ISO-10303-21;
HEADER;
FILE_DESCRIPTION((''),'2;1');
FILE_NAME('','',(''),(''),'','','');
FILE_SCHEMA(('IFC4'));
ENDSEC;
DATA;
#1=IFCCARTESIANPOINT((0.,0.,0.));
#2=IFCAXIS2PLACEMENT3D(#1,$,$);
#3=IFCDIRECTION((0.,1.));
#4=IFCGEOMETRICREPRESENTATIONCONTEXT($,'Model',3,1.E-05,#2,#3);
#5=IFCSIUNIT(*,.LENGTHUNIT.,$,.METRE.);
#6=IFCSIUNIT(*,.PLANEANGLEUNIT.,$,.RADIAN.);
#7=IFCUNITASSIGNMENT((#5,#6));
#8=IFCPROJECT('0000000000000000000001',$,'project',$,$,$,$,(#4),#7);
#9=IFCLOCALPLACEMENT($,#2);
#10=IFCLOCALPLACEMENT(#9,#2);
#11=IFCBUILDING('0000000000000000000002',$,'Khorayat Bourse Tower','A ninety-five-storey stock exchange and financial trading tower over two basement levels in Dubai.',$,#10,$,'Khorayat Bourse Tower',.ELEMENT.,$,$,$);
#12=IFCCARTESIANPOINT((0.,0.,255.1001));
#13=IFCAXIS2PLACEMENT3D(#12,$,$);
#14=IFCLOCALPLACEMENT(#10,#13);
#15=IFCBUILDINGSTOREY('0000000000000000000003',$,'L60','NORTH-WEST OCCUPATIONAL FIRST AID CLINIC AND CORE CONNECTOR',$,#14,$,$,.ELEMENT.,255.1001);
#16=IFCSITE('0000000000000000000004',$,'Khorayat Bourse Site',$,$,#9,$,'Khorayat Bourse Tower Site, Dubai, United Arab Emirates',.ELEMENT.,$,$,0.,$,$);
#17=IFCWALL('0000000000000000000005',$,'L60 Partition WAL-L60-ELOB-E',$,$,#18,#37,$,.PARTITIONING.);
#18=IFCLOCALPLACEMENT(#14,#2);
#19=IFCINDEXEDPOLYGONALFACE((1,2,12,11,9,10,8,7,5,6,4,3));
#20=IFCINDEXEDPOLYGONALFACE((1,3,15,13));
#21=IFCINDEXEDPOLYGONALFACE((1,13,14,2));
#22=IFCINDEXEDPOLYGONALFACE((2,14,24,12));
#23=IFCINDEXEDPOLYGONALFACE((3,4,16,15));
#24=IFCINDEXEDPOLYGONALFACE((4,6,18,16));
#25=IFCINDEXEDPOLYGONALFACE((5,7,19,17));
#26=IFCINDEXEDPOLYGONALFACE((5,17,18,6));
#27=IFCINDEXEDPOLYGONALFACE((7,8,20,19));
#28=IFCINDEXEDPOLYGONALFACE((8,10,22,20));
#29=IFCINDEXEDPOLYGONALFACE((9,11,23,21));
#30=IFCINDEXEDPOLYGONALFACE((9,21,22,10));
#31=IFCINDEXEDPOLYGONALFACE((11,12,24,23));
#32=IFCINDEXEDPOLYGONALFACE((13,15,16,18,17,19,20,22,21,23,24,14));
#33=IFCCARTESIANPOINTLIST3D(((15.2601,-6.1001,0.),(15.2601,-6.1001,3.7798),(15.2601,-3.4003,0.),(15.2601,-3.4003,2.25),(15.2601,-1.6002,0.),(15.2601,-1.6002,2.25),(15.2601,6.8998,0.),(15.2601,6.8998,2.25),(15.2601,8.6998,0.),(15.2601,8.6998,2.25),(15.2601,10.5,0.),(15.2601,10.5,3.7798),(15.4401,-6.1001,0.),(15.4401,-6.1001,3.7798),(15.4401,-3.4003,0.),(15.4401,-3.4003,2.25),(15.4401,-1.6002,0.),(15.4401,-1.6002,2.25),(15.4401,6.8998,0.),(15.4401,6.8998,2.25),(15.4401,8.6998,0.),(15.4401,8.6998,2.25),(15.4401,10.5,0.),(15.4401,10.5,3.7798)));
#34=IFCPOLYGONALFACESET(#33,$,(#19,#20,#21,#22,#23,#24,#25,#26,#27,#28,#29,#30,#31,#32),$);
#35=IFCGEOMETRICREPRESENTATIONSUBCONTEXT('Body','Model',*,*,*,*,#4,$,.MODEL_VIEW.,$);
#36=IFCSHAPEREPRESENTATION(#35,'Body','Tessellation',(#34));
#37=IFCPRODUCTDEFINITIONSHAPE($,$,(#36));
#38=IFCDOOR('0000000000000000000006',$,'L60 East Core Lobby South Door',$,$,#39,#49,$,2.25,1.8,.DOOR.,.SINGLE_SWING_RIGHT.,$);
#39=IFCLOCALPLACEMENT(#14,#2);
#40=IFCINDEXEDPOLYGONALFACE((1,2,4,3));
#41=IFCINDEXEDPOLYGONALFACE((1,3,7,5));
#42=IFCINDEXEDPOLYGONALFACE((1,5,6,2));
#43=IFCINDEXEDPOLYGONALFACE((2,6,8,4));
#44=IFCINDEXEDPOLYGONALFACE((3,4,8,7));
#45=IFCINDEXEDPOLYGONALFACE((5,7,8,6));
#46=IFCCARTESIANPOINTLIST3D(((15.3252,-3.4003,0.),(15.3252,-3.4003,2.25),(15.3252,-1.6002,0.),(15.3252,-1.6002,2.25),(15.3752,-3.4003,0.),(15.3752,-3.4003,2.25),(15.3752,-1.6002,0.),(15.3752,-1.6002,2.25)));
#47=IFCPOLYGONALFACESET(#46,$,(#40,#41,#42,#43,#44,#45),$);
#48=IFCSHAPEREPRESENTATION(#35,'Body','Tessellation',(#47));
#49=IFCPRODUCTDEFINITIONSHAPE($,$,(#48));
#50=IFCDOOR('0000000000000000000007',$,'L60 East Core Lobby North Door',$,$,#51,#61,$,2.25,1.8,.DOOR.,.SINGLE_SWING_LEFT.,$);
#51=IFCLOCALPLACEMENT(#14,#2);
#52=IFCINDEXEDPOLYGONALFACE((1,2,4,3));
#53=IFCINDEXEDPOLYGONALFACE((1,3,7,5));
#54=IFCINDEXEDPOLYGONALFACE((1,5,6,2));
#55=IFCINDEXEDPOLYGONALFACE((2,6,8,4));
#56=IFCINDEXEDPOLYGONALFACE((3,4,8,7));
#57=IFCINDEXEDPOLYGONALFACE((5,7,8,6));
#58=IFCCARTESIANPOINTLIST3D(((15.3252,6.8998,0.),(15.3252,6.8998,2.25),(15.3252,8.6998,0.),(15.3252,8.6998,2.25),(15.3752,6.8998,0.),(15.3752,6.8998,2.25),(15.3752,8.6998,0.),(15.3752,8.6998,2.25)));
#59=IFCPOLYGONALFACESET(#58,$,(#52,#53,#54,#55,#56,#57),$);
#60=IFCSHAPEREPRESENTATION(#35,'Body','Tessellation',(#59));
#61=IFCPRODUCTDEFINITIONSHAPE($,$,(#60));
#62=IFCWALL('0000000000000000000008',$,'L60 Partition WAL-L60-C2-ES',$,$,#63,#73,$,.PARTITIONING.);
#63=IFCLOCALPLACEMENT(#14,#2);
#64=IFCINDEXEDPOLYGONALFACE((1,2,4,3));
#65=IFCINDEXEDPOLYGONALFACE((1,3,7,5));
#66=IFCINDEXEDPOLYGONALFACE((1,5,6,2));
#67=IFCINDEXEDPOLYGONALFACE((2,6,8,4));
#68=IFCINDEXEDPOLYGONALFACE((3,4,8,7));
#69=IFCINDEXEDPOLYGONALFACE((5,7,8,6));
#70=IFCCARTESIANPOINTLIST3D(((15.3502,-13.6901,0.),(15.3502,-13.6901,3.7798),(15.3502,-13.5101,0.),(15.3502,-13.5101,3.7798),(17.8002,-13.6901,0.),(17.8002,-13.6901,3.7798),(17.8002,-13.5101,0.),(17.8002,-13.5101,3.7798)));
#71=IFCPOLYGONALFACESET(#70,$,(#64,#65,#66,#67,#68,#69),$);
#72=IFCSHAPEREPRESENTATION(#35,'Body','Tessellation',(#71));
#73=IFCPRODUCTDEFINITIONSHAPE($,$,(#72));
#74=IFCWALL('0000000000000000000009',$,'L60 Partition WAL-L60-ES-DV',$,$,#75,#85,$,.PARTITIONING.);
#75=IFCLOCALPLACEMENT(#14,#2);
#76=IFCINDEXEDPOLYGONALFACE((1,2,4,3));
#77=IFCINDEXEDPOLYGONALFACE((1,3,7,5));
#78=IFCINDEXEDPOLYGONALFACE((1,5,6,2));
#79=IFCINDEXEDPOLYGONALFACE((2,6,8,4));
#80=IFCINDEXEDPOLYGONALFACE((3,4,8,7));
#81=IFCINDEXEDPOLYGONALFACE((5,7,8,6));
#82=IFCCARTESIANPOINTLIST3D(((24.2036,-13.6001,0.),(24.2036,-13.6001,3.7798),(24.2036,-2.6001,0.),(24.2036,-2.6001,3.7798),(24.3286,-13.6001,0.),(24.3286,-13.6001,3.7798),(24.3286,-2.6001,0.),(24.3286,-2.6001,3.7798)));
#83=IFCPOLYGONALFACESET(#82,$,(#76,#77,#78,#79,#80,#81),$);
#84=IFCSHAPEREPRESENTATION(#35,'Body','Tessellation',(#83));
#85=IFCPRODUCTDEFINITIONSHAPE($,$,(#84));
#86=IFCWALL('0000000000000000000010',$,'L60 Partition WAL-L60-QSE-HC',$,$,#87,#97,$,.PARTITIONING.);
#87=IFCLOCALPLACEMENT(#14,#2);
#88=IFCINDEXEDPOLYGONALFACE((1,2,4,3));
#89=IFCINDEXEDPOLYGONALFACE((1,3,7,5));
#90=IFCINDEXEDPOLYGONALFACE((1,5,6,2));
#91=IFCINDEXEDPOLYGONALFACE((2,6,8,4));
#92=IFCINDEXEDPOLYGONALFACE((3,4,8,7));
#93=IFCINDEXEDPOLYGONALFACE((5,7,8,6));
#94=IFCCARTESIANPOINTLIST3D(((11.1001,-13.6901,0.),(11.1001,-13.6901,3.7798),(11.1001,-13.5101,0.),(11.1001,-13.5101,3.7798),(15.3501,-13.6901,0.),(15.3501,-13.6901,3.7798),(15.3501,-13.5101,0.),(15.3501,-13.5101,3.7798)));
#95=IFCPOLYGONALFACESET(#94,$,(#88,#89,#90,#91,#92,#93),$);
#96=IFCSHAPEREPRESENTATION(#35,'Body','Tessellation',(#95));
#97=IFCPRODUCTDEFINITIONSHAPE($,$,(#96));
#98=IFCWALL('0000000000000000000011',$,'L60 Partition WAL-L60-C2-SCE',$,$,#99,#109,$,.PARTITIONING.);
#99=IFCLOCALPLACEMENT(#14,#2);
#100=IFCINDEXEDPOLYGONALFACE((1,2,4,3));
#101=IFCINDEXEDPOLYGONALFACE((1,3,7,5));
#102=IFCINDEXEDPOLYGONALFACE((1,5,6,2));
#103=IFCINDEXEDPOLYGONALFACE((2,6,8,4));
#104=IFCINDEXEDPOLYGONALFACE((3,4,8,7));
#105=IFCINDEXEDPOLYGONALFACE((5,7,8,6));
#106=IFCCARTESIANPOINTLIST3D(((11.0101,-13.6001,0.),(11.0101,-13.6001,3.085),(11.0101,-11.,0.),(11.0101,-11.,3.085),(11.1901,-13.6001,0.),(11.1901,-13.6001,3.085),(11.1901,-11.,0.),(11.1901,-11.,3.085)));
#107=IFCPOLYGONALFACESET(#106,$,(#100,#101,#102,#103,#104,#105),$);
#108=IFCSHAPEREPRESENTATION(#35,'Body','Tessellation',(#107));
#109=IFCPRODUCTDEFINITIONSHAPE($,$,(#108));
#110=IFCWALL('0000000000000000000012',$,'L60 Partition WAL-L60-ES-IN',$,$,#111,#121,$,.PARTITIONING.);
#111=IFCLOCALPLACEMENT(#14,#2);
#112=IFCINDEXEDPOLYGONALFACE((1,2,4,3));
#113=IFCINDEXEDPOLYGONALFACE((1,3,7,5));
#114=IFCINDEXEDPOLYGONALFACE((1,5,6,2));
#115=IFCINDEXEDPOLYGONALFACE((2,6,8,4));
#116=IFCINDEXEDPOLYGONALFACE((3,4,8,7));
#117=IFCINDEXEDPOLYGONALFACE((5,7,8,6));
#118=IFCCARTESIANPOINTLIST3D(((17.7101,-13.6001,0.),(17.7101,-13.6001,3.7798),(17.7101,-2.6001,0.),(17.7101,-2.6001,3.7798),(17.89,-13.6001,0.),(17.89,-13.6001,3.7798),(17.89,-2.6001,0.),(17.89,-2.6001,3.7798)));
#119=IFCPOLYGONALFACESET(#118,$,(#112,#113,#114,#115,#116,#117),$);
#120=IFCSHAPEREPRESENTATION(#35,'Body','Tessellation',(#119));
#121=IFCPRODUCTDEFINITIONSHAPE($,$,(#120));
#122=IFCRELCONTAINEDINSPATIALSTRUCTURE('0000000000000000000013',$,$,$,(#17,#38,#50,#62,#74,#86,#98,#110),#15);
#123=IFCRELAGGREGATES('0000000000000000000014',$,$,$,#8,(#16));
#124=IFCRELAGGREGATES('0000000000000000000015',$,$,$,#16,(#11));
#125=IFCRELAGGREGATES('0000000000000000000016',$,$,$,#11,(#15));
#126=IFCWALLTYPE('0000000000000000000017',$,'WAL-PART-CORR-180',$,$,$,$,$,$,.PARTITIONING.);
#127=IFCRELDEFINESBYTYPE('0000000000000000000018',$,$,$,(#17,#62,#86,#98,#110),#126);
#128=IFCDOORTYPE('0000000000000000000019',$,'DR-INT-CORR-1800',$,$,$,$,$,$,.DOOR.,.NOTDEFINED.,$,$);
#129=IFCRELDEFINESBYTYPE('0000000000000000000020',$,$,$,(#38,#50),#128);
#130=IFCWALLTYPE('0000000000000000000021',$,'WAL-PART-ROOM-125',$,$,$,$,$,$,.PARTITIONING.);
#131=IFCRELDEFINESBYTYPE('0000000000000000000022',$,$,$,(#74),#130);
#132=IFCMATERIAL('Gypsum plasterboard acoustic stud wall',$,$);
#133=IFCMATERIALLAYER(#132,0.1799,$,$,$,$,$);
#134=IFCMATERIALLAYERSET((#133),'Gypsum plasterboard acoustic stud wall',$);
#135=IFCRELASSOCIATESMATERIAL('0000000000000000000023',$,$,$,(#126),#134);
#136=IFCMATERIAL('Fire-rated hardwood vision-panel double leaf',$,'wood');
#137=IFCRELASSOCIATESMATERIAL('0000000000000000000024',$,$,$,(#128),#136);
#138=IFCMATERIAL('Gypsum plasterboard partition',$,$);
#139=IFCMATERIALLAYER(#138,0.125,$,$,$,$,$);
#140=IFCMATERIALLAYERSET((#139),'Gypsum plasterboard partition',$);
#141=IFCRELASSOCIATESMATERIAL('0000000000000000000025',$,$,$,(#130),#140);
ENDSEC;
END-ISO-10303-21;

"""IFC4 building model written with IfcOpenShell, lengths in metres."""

from ifc_helpers import new_model, si_unit, direction, frame, frame_2d, origin, place, context, subcontext, project, spatial, rectangle, extrude, source, transform, mapped, material, layer, layer_set, type_object, element, fill, save


model = new_model("IFC4")

# Units and contexts
model_context = context("Model", 3, precision=1e-05, world=origin(), true_north=direction((0.0, 1.0)))
body_context = subcontext(model_context, "Body", "Model", "MODEL_VIEW")
ifc_project = project(units=[si_unit("LENGTHUNIT", "METRE"), si_unit("PLANEANGLEUNIT", "RADIAN")], contexts=[model_context])

# Site, building, storey
site_placement = place(None, origin())
site = spatial("IfcSite", under=ifc_project, at=site_placement, Name="Khorayat Bourse Site", LongName="Khorayat Bourse Tower Site, Dubai, United Arab Emirates", CompositionType="ELEMENT", RefElevation=0.0)
building_placement = place(site_placement, origin())
building = spatial("IfcBuilding", under=site, at=building_placement, Name="Khorayat Bourse Tower", Description="A ninety-five-storey stock exchange and financial trading tower over two basement levels in Dubai.", LongName="Khorayat Bourse Tower", CompositionType="ELEMENT")
storey_placement = place(building_placement, frame((0.0, 0.0, 255.1001)))
storey = spatial("IfcBuildingStorey", under=building, at=storey_placement, Name="L60", Description="NORTH-WEST OCCUPATIONAL FIRST AID CLINIC AND CORE CONNECTOR", CompositionType="ELEMENT", Elevation=255.1001)

# Wall, openings, doors
ifc_material_1 = material(Name="Gypsum plasterboard acoustic stud wall")
ifc_layer_1 = layer(ifc_material_1, 0.1799)
ifc_layer_set_1 = layer_set([ifc_layer_1], Name="Gypsum plasterboard acoustic stud wall")
wall_type_1 = type_object("IfcWallType", Name="WAL-PART-CORR-180", PredefinedType="PARTITIONING", material=ifc_layer_set_1)
shared_shape_1 = source(origin(), body_context, "Body", "SweptSolid", [
    extrude(rectangle(XDim=16.6001, YDim=0.1799, at=frame_2d((8.3, 0.0))), origin(), (0.0, 0.0, 1.0), 3.7798),
])
wall_1_placement = place(storey_placement, frame((15.3501, -6.1001, 0.0), z_axis=(0.0, 0.0, 1.0), x_axis=(0.0, 1.0, 0.0)))
wall_1 = element("IfcWall", 1, at=wall_1_placement, inside=storey, type_object=wall_type_1, Name="L60 Partition WAL-L60-ELOB-E", PredefinedType="PARTITIONING", context=body_context, shape_type="MappedRepresentation", body=[
    mapped(shared_shape_1, transform((0.0, 0.0, 0.0), scale=1.0)),
])
shared_shape_2 = source(origin(), body_context, "Body", "SweptSolid", [
    extrude(rectangle(XDim=1.8, YDim=2.25, at=frame_2d((0.8999, 1.125))), frame((0.0, 0.0999, 0.0), z_axis=(0.0, -1.0, 0.0), x_axis=(1.0, 0.0, 0.0)), (0.0, 0.0, 1.0), 0.2),
])
opening_1_placement = place(wall_1_placement, frame((2.7, 0.0, 0.0)))
opening_1 = element("IfcOpeningElement", 2, at=opening_1_placement, cuts=wall_1, PredefinedType="OPENING", context=body_context, shape_type="MappedRepresentation", body=[
    mapped(shared_shape_2, transform((0.0, 0.0, 0.0), scale=1.0)),
])
opening_2_placement = place(wall_1_placement, frame((13.0, 0.0, 0.0)))
opening_2 = element("IfcOpeningElement", 3, at=opening_2_placement, cuts=wall_1, PredefinedType="OPENING", context=body_context, shape_type="MappedRepresentation", body=[
    mapped(shared_shape_2, transform((0.0, 0.0, 0.0), scale=1.0)),
])
ifc_material_2 = material(Name="Fire-rated hardwood vision-panel double leaf", Category="wood")
door_type_1 = type_object("IfcDoorType", Name="DR-INT-CORR-1800", OperationType="NOTDEFINED", PredefinedType="DOOR", material=ifc_material_2)
shared_shape_3 = source(origin(), body_context, "Body", "SweptSolid", [
    extrude(rectangle(XDim=1.8, YDim=2.25, at=frame_2d((0.8999, 1.125))), frame((0.0, 0.0249, 0.0), z_axis=(0.0, -1.0, 0.0), x_axis=(1.0, 0.0, 0.0)), (0.0, 0.0, 1.0), 0.05),
])
door_1_placement = place(opening_1_placement, origin())
door_1 = element("IfcDoor", 4, at=door_1_placement, inside=storey, type_object=door_type_1, Name="L60 East Core Lobby South Door", OperationType="SINGLE_SWING_RIGHT", OverallHeight=2.25, OverallWidth=1.8, PredefinedType="DOOR", context=body_context, shape_type="MappedRepresentation", body=[
    mapped(shared_shape_3, transform((0.0, 0.0, 0.0), scale=1.0)),
])
fill(opening_1, door_1)
door_2_placement = place(opening_2_placement, origin())
door_2 = element("IfcDoor", 5, at=door_2_placement, inside=storey, type_object=door_type_1, Name="L60 East Core Lobby North Door", OperationType="SINGLE_SWING_LEFT", OverallHeight=2.25, OverallWidth=1.8, PredefinedType="DOOR", context=body_context, shape_type="MappedRepresentation", body=[
    mapped(shared_shape_3, transform((0.0, 0.0, 0.0), scale=1.0)),
])
fill(opening_2, door_2)

# Walls
shared_shape_4 = source(origin(), body_context, "Body", "SweptSolid", [
    extrude(rectangle(XDim=2.45, YDim=0.1799, at=frame_2d((1.2251, 0.0))), origin(), (0.0, 0.0, 1.0), 3.7798),
])
wall_2_placement = place(storey_placement, frame((15.3501, -13.6001, 0.0), z_axis=(0.0, 0.0, 1.0), x_axis=(1.0, 0.0, 0.0)))
element("IfcWall", 6, at=wall_2_placement, inside=storey, type_object=wall_type_1, Name="L60 Partition WAL-L60-C2-ES", PredefinedType="PARTITIONING", context=body_context, shape_type="MappedRepresentation", body=[
    mapped(shared_shape_4, transform((0.0, 0.0, 0.0), scale=1.0)),
])
ifc_material_3 = material(Name="Gypsum plasterboard partition")
ifc_layer_2 = layer(ifc_material_3, 0.125)
ifc_layer_set_2 = layer_set([ifc_layer_2], Name="Gypsum plasterboard partition")
wall_type_2 = type_object("IfcWallType", Name="WAL-PART-ROOM-125", PredefinedType="PARTITIONING", material=ifc_layer_set_2)
shared_shape_5 = source(origin(), body_context, "Body", "SweptSolid", [
    extrude(rectangle(XDim=11.0, YDim=0.125, at=frame_2d((5.5, 0.0))), origin(), (0.0, 0.0, 1.0), 3.7798),
])
wall_3_placement = place(storey_placement, frame((24.2661, -13.6001, 0.0), z_axis=(0.0, 0.0, 1.0), x_axis=(0.0, 1.0, 0.0)))
element("IfcWall", 7, at=wall_3_placement, inside=storey, type_object=wall_type_2, Name="L60 Partition WAL-L60-ES-DV", PredefinedType="PARTITIONING", context=body_context, shape_type="MappedRepresentation", body=[
    mapped(shared_shape_5, transform((0.0, 0.0, 0.0), scale=1.0)),
])
shared_shape_6 = source(origin(), body_context, "Body", "SweptSolid", [
    extrude(rectangle(XDim=4.25, YDim=0.1799, at=frame_2d((2.125, 0.0))), origin(), (0.0, 0.0, 1.0), 3.7798),
])
wall_4_placement = place(storey_placement, frame((11.1001, -13.6001, 0.0), z_axis=(0.0, 0.0, 1.0), x_axis=(1.0, 0.0, 0.0)))
element("IfcWall", 8, at=wall_4_placement, inside=storey, type_object=wall_type_1, Name="L60 Partition WAL-L60-QSE-HC", PredefinedType="PARTITIONING", context=body_context, shape_type="MappedRepresentation", body=[
    mapped(shared_shape_6, transform((0.0, 0.0, 0.0), scale=1.0)),
])
shared_shape_7 = source(origin(), body_context, "Body", "SweptSolid", [
    extrude(rectangle(XDim=2.6001, YDim=0.1799, at=frame_2d((1.3, 0.0))), origin(), (0.0, 0.0, 1.0), 3.085),
])
wall_5_placement = place(storey_placement, frame((11.1001, -13.6001, 0.0), z_axis=(0.0, 0.0, 1.0), x_axis=(0.0, 1.0, 0.0)))
element("IfcWall", 9, at=wall_5_placement, inside=storey, type_object=wall_type_1, Name="L60 Partition WAL-L60-C2-SCE", PredefinedType="PARTITIONING", context=body_context, shape_type="MappedRepresentation", body=[
    mapped(shared_shape_7, transform((0.0, 0.0, 0.0), scale=1.0)),
])
shared_shape_8 = source(origin(), body_context, "Body", "SweptSolid", [
    extrude(rectangle(XDim=11.0, YDim=0.1799, at=frame_2d((5.5, 0.0))), origin(), (0.0, 0.0, 1.0), 3.7798),
])
wall_6_placement = place(storey_placement, frame((17.8, -13.6001, 0.0), z_axis=(0.0, 0.0, 1.0), x_axis=(0.0, 1.0, 0.0)))
element("IfcWall", 10, at=wall_6_placement, inside=storey, type_object=wall_type_1, Name="L60 Partition WAL-L60-ES-IN", PredefinedType="PARTITIONING", context=body_context, shape_type="MappedRepresentation", body=[
    mapped(shared_shape_8, transform((0.0, 0.0, 0.0), scale=1.0)),
])

save(model, "model.ifc")
